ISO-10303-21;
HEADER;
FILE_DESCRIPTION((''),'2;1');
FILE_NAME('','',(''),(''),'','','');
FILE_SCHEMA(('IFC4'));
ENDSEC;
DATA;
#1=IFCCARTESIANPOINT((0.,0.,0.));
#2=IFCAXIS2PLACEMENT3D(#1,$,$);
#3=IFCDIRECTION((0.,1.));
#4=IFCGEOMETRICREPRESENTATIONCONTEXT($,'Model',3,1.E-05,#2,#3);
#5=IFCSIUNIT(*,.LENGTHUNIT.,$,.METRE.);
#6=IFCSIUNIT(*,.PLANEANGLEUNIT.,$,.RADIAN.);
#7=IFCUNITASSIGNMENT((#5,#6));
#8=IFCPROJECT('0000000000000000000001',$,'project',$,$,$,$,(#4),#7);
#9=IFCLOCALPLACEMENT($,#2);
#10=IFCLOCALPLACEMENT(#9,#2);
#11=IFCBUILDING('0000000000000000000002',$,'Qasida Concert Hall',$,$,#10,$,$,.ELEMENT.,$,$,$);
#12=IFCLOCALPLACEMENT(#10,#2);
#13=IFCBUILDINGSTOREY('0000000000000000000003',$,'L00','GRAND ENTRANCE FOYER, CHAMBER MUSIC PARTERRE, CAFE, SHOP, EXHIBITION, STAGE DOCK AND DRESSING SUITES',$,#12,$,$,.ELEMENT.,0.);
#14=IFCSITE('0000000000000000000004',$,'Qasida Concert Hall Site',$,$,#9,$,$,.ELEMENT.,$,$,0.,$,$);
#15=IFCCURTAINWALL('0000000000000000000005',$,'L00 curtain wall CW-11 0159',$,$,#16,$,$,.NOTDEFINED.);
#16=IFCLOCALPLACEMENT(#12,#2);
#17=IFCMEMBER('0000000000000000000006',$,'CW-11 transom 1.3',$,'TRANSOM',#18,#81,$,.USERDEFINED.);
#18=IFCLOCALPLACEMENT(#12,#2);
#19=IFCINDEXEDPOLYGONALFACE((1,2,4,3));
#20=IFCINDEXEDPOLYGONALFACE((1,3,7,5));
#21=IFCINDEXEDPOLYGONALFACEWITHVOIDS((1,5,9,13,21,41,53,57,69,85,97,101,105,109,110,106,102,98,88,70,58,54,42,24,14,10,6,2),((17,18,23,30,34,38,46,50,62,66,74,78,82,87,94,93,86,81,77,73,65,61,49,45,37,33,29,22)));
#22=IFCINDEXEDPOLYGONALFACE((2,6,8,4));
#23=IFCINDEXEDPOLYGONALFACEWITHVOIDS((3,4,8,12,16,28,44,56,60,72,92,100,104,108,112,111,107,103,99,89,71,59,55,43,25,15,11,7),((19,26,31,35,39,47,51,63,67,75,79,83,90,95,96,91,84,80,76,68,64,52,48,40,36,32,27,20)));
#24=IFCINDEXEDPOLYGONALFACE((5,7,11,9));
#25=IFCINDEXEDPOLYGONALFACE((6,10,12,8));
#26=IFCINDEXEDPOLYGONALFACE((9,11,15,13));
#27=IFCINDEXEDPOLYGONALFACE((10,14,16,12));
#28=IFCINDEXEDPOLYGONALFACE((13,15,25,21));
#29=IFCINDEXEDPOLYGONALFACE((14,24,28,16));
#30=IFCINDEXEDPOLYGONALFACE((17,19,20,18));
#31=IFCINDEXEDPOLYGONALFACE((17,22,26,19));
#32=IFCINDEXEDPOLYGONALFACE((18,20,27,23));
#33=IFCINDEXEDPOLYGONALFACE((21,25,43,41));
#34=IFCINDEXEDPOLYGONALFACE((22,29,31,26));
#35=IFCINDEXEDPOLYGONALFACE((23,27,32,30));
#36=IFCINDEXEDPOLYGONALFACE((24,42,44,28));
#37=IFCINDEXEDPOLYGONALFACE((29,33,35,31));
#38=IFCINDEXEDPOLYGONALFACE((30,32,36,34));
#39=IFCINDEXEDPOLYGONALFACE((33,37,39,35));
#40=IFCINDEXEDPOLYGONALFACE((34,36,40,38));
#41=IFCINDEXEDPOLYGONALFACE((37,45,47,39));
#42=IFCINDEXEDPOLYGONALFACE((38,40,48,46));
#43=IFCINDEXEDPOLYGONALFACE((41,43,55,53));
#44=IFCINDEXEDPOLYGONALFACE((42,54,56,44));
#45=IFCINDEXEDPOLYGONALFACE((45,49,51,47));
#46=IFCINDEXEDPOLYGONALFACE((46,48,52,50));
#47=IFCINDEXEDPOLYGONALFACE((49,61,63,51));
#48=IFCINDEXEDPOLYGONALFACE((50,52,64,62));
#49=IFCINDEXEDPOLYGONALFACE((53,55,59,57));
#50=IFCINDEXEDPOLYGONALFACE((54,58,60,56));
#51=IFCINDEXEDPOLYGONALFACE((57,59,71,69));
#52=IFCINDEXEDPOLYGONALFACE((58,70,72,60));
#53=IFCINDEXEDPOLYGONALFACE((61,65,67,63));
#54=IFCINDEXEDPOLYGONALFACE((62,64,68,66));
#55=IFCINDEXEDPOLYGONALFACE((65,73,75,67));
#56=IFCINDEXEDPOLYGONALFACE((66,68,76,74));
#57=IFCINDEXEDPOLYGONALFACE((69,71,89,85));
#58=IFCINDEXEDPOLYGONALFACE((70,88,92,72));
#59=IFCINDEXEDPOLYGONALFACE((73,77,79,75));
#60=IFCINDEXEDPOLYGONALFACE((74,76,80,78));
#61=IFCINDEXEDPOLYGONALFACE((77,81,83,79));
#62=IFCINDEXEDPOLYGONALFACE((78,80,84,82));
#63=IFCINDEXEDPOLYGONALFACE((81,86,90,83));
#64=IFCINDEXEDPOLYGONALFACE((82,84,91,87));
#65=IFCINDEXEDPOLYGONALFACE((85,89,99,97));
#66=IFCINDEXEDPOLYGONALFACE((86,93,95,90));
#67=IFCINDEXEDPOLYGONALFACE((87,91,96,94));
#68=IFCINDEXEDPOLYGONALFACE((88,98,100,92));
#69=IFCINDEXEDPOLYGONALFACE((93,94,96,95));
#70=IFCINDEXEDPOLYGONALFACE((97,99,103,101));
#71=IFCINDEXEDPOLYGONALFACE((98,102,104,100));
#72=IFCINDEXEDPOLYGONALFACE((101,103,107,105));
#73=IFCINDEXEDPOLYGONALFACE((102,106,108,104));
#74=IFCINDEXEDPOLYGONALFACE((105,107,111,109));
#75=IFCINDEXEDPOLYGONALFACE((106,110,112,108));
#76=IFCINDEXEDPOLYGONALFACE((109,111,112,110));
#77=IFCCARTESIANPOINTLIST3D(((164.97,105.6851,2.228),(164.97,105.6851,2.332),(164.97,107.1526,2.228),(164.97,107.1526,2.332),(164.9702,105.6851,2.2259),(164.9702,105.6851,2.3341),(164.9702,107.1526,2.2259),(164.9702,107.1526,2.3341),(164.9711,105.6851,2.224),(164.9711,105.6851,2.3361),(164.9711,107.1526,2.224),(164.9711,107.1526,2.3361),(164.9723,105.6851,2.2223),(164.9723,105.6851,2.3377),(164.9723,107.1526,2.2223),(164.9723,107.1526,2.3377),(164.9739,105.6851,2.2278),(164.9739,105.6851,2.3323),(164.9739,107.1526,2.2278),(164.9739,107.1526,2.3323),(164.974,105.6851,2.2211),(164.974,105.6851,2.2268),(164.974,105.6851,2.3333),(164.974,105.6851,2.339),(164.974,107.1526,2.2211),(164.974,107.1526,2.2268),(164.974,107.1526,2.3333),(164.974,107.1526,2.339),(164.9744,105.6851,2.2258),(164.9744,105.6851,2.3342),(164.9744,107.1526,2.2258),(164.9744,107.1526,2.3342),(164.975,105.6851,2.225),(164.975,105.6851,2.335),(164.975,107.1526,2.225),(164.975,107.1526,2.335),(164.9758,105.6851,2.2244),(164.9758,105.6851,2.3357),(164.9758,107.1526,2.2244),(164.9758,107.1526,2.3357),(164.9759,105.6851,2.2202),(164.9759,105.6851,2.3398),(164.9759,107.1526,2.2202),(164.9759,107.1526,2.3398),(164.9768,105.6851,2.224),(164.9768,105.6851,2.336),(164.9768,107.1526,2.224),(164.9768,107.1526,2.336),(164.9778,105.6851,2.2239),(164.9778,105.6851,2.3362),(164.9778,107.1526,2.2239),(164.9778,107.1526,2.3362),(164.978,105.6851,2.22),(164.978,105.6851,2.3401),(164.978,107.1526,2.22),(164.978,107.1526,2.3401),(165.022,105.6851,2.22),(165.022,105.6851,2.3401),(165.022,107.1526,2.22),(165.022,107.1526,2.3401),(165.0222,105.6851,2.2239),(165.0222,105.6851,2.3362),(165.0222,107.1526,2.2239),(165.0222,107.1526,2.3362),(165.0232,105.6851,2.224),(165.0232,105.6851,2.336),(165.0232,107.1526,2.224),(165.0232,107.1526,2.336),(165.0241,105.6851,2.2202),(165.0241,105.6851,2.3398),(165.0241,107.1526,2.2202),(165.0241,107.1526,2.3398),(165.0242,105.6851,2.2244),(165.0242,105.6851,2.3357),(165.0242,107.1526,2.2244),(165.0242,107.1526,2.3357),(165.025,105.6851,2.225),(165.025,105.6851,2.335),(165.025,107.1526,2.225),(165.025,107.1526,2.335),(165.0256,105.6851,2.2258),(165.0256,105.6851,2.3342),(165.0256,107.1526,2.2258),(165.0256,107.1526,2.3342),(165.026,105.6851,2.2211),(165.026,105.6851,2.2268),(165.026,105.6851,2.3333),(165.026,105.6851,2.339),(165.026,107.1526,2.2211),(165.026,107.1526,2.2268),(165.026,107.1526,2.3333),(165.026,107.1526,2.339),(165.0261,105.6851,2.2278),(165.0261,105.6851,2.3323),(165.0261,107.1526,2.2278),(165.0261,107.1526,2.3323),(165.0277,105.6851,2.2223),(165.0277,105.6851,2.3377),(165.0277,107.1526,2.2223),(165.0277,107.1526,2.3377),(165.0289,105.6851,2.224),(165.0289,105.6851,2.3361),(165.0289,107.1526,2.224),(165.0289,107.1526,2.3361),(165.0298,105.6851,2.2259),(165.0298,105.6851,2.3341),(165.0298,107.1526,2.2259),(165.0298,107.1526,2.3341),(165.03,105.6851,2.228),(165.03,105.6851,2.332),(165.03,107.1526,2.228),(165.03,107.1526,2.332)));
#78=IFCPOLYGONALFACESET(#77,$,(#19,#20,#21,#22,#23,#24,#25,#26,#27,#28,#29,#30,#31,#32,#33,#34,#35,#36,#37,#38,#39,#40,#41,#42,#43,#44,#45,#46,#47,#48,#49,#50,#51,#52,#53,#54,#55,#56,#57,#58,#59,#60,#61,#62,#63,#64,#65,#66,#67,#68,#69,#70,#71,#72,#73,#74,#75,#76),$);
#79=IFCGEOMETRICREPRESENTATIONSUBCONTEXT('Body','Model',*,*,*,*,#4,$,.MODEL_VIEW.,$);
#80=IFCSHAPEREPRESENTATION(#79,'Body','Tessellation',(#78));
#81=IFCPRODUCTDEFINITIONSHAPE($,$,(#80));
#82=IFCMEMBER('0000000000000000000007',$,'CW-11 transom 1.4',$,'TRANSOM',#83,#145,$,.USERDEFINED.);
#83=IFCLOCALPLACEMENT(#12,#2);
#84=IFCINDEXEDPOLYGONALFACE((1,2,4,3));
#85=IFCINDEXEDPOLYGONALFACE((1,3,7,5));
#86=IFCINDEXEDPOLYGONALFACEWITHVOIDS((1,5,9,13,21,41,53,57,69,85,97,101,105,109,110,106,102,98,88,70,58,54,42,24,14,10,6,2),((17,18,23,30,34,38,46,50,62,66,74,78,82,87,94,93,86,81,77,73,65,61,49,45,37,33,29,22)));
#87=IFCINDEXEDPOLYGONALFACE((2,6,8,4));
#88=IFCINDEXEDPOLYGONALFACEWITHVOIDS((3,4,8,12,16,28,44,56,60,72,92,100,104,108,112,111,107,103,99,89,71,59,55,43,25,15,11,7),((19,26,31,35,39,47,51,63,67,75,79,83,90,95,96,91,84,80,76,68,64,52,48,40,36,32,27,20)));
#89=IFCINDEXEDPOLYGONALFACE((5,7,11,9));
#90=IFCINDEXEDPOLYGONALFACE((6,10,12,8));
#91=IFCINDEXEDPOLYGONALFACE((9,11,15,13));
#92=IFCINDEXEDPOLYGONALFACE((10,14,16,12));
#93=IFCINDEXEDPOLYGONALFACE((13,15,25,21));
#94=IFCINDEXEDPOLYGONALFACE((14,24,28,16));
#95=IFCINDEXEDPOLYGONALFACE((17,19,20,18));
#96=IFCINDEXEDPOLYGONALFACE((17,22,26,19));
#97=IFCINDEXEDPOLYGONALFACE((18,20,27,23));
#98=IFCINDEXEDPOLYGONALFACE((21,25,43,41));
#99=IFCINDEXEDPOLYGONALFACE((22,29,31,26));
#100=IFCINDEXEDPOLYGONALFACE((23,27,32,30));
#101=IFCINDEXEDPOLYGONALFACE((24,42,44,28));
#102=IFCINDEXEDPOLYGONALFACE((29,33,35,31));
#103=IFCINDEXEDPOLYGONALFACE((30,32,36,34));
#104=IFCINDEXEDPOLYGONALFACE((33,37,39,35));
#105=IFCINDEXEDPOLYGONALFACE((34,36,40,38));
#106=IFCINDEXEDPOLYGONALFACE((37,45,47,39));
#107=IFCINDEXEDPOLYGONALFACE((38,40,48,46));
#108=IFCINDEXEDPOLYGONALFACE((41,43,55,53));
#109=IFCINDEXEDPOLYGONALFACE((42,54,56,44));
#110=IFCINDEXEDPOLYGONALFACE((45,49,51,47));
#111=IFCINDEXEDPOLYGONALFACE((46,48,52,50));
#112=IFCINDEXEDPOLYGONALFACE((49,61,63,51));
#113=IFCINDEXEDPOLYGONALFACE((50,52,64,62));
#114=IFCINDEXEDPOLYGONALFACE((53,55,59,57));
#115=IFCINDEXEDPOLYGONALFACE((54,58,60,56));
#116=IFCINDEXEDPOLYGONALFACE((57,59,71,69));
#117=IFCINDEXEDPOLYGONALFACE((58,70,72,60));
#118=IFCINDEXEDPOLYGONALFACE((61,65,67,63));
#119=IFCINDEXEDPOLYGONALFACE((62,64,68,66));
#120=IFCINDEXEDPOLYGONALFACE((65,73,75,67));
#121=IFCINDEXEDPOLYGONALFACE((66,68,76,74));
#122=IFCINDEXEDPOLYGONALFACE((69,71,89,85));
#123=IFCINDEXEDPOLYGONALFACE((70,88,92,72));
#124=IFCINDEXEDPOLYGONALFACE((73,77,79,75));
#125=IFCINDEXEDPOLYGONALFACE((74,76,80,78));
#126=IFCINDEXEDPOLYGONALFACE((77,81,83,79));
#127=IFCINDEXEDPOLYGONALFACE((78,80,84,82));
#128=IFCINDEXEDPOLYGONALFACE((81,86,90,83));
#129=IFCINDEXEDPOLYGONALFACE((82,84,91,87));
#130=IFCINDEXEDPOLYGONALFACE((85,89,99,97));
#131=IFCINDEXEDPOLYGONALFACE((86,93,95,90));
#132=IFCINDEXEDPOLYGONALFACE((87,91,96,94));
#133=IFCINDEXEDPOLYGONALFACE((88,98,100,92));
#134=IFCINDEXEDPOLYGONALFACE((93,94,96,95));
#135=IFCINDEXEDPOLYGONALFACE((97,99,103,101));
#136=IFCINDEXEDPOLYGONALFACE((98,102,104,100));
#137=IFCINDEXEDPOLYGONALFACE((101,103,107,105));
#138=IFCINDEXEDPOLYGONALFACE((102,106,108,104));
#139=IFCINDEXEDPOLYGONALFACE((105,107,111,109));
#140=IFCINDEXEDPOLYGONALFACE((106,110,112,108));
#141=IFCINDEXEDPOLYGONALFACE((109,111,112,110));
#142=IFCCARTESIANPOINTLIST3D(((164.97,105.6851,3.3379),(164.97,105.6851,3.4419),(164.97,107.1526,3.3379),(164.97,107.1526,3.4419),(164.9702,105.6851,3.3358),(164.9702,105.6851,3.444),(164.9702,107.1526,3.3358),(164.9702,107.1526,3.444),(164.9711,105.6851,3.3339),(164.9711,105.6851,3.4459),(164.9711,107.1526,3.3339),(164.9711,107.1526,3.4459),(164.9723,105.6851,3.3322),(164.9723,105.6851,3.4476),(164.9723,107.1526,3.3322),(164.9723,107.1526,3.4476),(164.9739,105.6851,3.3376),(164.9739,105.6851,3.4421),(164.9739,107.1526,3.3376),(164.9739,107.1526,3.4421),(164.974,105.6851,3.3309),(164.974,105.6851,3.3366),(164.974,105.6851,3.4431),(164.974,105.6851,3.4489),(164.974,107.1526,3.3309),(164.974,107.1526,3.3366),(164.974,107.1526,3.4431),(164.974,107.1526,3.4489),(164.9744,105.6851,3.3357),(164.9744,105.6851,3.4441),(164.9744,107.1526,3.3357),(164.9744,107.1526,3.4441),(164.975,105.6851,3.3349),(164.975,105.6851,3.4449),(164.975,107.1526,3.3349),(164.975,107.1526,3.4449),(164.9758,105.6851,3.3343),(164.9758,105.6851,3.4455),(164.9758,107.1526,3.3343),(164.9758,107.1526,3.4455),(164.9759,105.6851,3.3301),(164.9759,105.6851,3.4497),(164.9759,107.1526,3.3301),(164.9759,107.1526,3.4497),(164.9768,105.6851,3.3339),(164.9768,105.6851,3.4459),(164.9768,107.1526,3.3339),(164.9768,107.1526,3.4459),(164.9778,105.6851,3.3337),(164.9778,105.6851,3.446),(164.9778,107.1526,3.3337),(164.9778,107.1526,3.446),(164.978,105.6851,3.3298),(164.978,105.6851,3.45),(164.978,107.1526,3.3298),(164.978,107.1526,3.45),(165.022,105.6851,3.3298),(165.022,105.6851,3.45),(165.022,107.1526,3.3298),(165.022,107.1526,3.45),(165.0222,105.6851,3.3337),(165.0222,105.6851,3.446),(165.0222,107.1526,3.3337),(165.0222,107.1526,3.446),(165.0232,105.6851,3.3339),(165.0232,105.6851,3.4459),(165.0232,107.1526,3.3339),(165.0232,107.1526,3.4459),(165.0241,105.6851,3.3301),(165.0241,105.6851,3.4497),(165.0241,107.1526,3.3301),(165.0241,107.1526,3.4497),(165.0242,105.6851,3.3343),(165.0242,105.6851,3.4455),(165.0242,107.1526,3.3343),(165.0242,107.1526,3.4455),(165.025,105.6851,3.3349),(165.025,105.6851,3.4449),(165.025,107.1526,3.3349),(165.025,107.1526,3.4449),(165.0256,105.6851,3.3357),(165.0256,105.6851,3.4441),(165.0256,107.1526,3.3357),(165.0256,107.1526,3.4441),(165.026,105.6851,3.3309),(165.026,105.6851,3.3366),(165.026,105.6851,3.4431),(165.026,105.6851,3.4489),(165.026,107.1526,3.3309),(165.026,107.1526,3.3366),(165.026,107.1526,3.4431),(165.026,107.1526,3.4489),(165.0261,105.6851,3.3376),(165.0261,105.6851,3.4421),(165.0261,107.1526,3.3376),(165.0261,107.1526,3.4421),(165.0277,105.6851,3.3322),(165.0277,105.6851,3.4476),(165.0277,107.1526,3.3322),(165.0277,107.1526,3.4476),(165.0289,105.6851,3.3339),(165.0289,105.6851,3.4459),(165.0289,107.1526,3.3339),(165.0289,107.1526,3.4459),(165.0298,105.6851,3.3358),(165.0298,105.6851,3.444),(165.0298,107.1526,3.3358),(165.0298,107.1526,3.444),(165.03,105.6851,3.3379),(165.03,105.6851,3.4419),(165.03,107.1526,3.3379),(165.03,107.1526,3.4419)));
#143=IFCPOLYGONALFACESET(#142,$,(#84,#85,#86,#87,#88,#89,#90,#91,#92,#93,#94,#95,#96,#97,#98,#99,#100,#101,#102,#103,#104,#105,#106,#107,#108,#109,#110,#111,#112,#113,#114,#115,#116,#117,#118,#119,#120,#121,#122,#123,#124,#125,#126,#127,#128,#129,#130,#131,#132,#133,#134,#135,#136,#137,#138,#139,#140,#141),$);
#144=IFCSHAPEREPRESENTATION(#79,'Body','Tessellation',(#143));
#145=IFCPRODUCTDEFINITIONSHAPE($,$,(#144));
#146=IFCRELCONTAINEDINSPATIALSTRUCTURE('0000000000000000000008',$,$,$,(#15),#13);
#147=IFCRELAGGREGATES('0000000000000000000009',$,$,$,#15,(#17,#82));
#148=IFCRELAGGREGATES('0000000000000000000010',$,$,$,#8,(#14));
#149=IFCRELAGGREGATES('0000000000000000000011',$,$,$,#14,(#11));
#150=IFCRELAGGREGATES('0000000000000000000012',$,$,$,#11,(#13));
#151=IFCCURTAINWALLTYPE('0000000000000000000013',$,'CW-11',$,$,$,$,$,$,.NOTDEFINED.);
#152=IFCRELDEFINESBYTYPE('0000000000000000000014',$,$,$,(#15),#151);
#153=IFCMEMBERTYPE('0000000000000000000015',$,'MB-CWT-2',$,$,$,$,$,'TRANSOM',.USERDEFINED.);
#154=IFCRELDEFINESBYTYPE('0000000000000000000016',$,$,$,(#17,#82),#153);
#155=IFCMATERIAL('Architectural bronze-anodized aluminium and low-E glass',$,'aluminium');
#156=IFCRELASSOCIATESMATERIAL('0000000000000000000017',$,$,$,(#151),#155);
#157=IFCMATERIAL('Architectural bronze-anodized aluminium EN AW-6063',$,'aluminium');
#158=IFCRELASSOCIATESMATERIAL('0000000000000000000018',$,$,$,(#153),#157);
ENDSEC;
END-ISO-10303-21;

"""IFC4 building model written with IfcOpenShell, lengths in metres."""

from ifc_helpers import new_model, si_unit, direction, frame, origin, origin_2d, place, context, subcontext, project, spatial, hollow_rectangle, extrude, material, material_profile, profile_set, type_object, element, aggregate, save


model = new_model("IFC4")

# Units and contexts
model_context = context("Model", 3, precision=1e-05, world=origin(), true_north=direction((0.0, 1.0)))
body_context = subcontext(model_context, "Body", "Model", "MODEL_VIEW")
ifc_project = project(units=[si_unit("LENGTHUNIT", "METRE"), si_unit("PLANEANGLEUNIT", "RADIAN")], contexts=[model_context])

# Site, building, storey
site_placement = place(None, origin())
site = spatial("IfcSite", under=ifc_project, at=site_placement, Name="Qasida Concert Hall Site", CompositionType="ELEMENT", RefElevation=0.0)
building_placement = place(site_placement, origin())
building = spatial("IfcBuilding", under=site, at=building_placement, Name="Qasida Concert Hall", CompositionType="ELEMENT")
storey_placement = place(building_placement, origin())
storey = spatial("IfcBuildingStorey", under=building, at=storey_placement, Name="L00", Description="GRAND ENTRANCE FOYER, CHAMBER MUSIC PARTERRE, CAFE, SHOP, EXHIBITION, STAGE DOCK AND DRESSING SUITES", CompositionType="ELEMENT", Elevation=0.0)

# Curtain wall, members
ifc_material_1 = material(Name="Architectural bronze-anodized aluminium and low-E glass", Category="aluminium")
curtain_wall_type = type_object("IfcCurtainWallType", Name="CW-11", PredefinedType="NOTDEFINED", material=ifc_material_1)
curtain_wall_placement = place(storey_placement, origin())
curtain_wall = element("IfcCurtainWall", 1, at=curtain_wall_placement, inside=storey, type_object=curtain_wall_type, Name="L00 curtain wall CW-11 0159", PredefinedType="NOTDEFINED")
ifc_material_2 = material(Name="Architectural bronze-anodized aluminium EN AW-6063", Category="aluminium")
ifc_material_profile_1 = material_profile(ifc_material_2, hollow_rectangle(XDim=0.0601, YDim=0.1201, WallThickness=0.0039, InnerFilletRadius=0.0039, OuterFilletRadius=0.0081, at=origin_2d()), Name="CWT 120x60x4")
ifc_profile_set_1 = profile_set([ifc_material_profile_1], Name="Architectural bronze-anodized aluminium EN AW-6063")
member_type_1 = type_object("IfcMemberType", Name="MB-CWT-2", ElementType="TRANSOM", PredefinedType="USERDEFINED", material=ifc_profile_set_1)
member_1_placement = place(storey_placement, frame((165.0, 105.6851, 2.28), z_axis=(0.0, 1.0, 0.0), x_axis=(-1.0, 0.0, 0.0)))
member_1 = element("IfcMember", 2, at=member_1_placement, type_object=member_type_1, Name="CW-11 transom 1.3", ObjectType="TRANSOM", PredefinedType="USERDEFINED", context=body_context, shape_type="SweptSolid", body=[
    extrude(hollow_rectangle(XDim=0.0601, YDim=0.1201, WallThickness=0.0039, InnerFilletRadius=0.0039, OuterFilletRadius=0.0081, at=origin_2d()), origin(), (0.0, 0.0, 1.0), 1.4675),
])
member_2_placement = place(storey_placement, frame((165.0, 105.6851, 3.3899), z_axis=(0.0, 1.0, 0.0), x_axis=(-1.0, 0.0, 0.0)))
member_2 = element("IfcMember", 3, at=member_2_placement, type_object=member_type_1, Name="CW-11 transom 1.4", ObjectType="TRANSOM", PredefinedType="USERDEFINED", context=body_context, shape_type="SweptSolid", body=[
    extrude(hollow_rectangle(XDim=0.0601, YDim=0.1201, WallThickness=0.0039, InnerFilletRadius=0.0039, OuterFilletRadius=0.0081, at=origin_2d()), origin(), (0.0, 0.0, 1.0), 1.4675),
])
aggregate(curtain_wall, [member_1, member_2])

save(model, "model.ifc")
